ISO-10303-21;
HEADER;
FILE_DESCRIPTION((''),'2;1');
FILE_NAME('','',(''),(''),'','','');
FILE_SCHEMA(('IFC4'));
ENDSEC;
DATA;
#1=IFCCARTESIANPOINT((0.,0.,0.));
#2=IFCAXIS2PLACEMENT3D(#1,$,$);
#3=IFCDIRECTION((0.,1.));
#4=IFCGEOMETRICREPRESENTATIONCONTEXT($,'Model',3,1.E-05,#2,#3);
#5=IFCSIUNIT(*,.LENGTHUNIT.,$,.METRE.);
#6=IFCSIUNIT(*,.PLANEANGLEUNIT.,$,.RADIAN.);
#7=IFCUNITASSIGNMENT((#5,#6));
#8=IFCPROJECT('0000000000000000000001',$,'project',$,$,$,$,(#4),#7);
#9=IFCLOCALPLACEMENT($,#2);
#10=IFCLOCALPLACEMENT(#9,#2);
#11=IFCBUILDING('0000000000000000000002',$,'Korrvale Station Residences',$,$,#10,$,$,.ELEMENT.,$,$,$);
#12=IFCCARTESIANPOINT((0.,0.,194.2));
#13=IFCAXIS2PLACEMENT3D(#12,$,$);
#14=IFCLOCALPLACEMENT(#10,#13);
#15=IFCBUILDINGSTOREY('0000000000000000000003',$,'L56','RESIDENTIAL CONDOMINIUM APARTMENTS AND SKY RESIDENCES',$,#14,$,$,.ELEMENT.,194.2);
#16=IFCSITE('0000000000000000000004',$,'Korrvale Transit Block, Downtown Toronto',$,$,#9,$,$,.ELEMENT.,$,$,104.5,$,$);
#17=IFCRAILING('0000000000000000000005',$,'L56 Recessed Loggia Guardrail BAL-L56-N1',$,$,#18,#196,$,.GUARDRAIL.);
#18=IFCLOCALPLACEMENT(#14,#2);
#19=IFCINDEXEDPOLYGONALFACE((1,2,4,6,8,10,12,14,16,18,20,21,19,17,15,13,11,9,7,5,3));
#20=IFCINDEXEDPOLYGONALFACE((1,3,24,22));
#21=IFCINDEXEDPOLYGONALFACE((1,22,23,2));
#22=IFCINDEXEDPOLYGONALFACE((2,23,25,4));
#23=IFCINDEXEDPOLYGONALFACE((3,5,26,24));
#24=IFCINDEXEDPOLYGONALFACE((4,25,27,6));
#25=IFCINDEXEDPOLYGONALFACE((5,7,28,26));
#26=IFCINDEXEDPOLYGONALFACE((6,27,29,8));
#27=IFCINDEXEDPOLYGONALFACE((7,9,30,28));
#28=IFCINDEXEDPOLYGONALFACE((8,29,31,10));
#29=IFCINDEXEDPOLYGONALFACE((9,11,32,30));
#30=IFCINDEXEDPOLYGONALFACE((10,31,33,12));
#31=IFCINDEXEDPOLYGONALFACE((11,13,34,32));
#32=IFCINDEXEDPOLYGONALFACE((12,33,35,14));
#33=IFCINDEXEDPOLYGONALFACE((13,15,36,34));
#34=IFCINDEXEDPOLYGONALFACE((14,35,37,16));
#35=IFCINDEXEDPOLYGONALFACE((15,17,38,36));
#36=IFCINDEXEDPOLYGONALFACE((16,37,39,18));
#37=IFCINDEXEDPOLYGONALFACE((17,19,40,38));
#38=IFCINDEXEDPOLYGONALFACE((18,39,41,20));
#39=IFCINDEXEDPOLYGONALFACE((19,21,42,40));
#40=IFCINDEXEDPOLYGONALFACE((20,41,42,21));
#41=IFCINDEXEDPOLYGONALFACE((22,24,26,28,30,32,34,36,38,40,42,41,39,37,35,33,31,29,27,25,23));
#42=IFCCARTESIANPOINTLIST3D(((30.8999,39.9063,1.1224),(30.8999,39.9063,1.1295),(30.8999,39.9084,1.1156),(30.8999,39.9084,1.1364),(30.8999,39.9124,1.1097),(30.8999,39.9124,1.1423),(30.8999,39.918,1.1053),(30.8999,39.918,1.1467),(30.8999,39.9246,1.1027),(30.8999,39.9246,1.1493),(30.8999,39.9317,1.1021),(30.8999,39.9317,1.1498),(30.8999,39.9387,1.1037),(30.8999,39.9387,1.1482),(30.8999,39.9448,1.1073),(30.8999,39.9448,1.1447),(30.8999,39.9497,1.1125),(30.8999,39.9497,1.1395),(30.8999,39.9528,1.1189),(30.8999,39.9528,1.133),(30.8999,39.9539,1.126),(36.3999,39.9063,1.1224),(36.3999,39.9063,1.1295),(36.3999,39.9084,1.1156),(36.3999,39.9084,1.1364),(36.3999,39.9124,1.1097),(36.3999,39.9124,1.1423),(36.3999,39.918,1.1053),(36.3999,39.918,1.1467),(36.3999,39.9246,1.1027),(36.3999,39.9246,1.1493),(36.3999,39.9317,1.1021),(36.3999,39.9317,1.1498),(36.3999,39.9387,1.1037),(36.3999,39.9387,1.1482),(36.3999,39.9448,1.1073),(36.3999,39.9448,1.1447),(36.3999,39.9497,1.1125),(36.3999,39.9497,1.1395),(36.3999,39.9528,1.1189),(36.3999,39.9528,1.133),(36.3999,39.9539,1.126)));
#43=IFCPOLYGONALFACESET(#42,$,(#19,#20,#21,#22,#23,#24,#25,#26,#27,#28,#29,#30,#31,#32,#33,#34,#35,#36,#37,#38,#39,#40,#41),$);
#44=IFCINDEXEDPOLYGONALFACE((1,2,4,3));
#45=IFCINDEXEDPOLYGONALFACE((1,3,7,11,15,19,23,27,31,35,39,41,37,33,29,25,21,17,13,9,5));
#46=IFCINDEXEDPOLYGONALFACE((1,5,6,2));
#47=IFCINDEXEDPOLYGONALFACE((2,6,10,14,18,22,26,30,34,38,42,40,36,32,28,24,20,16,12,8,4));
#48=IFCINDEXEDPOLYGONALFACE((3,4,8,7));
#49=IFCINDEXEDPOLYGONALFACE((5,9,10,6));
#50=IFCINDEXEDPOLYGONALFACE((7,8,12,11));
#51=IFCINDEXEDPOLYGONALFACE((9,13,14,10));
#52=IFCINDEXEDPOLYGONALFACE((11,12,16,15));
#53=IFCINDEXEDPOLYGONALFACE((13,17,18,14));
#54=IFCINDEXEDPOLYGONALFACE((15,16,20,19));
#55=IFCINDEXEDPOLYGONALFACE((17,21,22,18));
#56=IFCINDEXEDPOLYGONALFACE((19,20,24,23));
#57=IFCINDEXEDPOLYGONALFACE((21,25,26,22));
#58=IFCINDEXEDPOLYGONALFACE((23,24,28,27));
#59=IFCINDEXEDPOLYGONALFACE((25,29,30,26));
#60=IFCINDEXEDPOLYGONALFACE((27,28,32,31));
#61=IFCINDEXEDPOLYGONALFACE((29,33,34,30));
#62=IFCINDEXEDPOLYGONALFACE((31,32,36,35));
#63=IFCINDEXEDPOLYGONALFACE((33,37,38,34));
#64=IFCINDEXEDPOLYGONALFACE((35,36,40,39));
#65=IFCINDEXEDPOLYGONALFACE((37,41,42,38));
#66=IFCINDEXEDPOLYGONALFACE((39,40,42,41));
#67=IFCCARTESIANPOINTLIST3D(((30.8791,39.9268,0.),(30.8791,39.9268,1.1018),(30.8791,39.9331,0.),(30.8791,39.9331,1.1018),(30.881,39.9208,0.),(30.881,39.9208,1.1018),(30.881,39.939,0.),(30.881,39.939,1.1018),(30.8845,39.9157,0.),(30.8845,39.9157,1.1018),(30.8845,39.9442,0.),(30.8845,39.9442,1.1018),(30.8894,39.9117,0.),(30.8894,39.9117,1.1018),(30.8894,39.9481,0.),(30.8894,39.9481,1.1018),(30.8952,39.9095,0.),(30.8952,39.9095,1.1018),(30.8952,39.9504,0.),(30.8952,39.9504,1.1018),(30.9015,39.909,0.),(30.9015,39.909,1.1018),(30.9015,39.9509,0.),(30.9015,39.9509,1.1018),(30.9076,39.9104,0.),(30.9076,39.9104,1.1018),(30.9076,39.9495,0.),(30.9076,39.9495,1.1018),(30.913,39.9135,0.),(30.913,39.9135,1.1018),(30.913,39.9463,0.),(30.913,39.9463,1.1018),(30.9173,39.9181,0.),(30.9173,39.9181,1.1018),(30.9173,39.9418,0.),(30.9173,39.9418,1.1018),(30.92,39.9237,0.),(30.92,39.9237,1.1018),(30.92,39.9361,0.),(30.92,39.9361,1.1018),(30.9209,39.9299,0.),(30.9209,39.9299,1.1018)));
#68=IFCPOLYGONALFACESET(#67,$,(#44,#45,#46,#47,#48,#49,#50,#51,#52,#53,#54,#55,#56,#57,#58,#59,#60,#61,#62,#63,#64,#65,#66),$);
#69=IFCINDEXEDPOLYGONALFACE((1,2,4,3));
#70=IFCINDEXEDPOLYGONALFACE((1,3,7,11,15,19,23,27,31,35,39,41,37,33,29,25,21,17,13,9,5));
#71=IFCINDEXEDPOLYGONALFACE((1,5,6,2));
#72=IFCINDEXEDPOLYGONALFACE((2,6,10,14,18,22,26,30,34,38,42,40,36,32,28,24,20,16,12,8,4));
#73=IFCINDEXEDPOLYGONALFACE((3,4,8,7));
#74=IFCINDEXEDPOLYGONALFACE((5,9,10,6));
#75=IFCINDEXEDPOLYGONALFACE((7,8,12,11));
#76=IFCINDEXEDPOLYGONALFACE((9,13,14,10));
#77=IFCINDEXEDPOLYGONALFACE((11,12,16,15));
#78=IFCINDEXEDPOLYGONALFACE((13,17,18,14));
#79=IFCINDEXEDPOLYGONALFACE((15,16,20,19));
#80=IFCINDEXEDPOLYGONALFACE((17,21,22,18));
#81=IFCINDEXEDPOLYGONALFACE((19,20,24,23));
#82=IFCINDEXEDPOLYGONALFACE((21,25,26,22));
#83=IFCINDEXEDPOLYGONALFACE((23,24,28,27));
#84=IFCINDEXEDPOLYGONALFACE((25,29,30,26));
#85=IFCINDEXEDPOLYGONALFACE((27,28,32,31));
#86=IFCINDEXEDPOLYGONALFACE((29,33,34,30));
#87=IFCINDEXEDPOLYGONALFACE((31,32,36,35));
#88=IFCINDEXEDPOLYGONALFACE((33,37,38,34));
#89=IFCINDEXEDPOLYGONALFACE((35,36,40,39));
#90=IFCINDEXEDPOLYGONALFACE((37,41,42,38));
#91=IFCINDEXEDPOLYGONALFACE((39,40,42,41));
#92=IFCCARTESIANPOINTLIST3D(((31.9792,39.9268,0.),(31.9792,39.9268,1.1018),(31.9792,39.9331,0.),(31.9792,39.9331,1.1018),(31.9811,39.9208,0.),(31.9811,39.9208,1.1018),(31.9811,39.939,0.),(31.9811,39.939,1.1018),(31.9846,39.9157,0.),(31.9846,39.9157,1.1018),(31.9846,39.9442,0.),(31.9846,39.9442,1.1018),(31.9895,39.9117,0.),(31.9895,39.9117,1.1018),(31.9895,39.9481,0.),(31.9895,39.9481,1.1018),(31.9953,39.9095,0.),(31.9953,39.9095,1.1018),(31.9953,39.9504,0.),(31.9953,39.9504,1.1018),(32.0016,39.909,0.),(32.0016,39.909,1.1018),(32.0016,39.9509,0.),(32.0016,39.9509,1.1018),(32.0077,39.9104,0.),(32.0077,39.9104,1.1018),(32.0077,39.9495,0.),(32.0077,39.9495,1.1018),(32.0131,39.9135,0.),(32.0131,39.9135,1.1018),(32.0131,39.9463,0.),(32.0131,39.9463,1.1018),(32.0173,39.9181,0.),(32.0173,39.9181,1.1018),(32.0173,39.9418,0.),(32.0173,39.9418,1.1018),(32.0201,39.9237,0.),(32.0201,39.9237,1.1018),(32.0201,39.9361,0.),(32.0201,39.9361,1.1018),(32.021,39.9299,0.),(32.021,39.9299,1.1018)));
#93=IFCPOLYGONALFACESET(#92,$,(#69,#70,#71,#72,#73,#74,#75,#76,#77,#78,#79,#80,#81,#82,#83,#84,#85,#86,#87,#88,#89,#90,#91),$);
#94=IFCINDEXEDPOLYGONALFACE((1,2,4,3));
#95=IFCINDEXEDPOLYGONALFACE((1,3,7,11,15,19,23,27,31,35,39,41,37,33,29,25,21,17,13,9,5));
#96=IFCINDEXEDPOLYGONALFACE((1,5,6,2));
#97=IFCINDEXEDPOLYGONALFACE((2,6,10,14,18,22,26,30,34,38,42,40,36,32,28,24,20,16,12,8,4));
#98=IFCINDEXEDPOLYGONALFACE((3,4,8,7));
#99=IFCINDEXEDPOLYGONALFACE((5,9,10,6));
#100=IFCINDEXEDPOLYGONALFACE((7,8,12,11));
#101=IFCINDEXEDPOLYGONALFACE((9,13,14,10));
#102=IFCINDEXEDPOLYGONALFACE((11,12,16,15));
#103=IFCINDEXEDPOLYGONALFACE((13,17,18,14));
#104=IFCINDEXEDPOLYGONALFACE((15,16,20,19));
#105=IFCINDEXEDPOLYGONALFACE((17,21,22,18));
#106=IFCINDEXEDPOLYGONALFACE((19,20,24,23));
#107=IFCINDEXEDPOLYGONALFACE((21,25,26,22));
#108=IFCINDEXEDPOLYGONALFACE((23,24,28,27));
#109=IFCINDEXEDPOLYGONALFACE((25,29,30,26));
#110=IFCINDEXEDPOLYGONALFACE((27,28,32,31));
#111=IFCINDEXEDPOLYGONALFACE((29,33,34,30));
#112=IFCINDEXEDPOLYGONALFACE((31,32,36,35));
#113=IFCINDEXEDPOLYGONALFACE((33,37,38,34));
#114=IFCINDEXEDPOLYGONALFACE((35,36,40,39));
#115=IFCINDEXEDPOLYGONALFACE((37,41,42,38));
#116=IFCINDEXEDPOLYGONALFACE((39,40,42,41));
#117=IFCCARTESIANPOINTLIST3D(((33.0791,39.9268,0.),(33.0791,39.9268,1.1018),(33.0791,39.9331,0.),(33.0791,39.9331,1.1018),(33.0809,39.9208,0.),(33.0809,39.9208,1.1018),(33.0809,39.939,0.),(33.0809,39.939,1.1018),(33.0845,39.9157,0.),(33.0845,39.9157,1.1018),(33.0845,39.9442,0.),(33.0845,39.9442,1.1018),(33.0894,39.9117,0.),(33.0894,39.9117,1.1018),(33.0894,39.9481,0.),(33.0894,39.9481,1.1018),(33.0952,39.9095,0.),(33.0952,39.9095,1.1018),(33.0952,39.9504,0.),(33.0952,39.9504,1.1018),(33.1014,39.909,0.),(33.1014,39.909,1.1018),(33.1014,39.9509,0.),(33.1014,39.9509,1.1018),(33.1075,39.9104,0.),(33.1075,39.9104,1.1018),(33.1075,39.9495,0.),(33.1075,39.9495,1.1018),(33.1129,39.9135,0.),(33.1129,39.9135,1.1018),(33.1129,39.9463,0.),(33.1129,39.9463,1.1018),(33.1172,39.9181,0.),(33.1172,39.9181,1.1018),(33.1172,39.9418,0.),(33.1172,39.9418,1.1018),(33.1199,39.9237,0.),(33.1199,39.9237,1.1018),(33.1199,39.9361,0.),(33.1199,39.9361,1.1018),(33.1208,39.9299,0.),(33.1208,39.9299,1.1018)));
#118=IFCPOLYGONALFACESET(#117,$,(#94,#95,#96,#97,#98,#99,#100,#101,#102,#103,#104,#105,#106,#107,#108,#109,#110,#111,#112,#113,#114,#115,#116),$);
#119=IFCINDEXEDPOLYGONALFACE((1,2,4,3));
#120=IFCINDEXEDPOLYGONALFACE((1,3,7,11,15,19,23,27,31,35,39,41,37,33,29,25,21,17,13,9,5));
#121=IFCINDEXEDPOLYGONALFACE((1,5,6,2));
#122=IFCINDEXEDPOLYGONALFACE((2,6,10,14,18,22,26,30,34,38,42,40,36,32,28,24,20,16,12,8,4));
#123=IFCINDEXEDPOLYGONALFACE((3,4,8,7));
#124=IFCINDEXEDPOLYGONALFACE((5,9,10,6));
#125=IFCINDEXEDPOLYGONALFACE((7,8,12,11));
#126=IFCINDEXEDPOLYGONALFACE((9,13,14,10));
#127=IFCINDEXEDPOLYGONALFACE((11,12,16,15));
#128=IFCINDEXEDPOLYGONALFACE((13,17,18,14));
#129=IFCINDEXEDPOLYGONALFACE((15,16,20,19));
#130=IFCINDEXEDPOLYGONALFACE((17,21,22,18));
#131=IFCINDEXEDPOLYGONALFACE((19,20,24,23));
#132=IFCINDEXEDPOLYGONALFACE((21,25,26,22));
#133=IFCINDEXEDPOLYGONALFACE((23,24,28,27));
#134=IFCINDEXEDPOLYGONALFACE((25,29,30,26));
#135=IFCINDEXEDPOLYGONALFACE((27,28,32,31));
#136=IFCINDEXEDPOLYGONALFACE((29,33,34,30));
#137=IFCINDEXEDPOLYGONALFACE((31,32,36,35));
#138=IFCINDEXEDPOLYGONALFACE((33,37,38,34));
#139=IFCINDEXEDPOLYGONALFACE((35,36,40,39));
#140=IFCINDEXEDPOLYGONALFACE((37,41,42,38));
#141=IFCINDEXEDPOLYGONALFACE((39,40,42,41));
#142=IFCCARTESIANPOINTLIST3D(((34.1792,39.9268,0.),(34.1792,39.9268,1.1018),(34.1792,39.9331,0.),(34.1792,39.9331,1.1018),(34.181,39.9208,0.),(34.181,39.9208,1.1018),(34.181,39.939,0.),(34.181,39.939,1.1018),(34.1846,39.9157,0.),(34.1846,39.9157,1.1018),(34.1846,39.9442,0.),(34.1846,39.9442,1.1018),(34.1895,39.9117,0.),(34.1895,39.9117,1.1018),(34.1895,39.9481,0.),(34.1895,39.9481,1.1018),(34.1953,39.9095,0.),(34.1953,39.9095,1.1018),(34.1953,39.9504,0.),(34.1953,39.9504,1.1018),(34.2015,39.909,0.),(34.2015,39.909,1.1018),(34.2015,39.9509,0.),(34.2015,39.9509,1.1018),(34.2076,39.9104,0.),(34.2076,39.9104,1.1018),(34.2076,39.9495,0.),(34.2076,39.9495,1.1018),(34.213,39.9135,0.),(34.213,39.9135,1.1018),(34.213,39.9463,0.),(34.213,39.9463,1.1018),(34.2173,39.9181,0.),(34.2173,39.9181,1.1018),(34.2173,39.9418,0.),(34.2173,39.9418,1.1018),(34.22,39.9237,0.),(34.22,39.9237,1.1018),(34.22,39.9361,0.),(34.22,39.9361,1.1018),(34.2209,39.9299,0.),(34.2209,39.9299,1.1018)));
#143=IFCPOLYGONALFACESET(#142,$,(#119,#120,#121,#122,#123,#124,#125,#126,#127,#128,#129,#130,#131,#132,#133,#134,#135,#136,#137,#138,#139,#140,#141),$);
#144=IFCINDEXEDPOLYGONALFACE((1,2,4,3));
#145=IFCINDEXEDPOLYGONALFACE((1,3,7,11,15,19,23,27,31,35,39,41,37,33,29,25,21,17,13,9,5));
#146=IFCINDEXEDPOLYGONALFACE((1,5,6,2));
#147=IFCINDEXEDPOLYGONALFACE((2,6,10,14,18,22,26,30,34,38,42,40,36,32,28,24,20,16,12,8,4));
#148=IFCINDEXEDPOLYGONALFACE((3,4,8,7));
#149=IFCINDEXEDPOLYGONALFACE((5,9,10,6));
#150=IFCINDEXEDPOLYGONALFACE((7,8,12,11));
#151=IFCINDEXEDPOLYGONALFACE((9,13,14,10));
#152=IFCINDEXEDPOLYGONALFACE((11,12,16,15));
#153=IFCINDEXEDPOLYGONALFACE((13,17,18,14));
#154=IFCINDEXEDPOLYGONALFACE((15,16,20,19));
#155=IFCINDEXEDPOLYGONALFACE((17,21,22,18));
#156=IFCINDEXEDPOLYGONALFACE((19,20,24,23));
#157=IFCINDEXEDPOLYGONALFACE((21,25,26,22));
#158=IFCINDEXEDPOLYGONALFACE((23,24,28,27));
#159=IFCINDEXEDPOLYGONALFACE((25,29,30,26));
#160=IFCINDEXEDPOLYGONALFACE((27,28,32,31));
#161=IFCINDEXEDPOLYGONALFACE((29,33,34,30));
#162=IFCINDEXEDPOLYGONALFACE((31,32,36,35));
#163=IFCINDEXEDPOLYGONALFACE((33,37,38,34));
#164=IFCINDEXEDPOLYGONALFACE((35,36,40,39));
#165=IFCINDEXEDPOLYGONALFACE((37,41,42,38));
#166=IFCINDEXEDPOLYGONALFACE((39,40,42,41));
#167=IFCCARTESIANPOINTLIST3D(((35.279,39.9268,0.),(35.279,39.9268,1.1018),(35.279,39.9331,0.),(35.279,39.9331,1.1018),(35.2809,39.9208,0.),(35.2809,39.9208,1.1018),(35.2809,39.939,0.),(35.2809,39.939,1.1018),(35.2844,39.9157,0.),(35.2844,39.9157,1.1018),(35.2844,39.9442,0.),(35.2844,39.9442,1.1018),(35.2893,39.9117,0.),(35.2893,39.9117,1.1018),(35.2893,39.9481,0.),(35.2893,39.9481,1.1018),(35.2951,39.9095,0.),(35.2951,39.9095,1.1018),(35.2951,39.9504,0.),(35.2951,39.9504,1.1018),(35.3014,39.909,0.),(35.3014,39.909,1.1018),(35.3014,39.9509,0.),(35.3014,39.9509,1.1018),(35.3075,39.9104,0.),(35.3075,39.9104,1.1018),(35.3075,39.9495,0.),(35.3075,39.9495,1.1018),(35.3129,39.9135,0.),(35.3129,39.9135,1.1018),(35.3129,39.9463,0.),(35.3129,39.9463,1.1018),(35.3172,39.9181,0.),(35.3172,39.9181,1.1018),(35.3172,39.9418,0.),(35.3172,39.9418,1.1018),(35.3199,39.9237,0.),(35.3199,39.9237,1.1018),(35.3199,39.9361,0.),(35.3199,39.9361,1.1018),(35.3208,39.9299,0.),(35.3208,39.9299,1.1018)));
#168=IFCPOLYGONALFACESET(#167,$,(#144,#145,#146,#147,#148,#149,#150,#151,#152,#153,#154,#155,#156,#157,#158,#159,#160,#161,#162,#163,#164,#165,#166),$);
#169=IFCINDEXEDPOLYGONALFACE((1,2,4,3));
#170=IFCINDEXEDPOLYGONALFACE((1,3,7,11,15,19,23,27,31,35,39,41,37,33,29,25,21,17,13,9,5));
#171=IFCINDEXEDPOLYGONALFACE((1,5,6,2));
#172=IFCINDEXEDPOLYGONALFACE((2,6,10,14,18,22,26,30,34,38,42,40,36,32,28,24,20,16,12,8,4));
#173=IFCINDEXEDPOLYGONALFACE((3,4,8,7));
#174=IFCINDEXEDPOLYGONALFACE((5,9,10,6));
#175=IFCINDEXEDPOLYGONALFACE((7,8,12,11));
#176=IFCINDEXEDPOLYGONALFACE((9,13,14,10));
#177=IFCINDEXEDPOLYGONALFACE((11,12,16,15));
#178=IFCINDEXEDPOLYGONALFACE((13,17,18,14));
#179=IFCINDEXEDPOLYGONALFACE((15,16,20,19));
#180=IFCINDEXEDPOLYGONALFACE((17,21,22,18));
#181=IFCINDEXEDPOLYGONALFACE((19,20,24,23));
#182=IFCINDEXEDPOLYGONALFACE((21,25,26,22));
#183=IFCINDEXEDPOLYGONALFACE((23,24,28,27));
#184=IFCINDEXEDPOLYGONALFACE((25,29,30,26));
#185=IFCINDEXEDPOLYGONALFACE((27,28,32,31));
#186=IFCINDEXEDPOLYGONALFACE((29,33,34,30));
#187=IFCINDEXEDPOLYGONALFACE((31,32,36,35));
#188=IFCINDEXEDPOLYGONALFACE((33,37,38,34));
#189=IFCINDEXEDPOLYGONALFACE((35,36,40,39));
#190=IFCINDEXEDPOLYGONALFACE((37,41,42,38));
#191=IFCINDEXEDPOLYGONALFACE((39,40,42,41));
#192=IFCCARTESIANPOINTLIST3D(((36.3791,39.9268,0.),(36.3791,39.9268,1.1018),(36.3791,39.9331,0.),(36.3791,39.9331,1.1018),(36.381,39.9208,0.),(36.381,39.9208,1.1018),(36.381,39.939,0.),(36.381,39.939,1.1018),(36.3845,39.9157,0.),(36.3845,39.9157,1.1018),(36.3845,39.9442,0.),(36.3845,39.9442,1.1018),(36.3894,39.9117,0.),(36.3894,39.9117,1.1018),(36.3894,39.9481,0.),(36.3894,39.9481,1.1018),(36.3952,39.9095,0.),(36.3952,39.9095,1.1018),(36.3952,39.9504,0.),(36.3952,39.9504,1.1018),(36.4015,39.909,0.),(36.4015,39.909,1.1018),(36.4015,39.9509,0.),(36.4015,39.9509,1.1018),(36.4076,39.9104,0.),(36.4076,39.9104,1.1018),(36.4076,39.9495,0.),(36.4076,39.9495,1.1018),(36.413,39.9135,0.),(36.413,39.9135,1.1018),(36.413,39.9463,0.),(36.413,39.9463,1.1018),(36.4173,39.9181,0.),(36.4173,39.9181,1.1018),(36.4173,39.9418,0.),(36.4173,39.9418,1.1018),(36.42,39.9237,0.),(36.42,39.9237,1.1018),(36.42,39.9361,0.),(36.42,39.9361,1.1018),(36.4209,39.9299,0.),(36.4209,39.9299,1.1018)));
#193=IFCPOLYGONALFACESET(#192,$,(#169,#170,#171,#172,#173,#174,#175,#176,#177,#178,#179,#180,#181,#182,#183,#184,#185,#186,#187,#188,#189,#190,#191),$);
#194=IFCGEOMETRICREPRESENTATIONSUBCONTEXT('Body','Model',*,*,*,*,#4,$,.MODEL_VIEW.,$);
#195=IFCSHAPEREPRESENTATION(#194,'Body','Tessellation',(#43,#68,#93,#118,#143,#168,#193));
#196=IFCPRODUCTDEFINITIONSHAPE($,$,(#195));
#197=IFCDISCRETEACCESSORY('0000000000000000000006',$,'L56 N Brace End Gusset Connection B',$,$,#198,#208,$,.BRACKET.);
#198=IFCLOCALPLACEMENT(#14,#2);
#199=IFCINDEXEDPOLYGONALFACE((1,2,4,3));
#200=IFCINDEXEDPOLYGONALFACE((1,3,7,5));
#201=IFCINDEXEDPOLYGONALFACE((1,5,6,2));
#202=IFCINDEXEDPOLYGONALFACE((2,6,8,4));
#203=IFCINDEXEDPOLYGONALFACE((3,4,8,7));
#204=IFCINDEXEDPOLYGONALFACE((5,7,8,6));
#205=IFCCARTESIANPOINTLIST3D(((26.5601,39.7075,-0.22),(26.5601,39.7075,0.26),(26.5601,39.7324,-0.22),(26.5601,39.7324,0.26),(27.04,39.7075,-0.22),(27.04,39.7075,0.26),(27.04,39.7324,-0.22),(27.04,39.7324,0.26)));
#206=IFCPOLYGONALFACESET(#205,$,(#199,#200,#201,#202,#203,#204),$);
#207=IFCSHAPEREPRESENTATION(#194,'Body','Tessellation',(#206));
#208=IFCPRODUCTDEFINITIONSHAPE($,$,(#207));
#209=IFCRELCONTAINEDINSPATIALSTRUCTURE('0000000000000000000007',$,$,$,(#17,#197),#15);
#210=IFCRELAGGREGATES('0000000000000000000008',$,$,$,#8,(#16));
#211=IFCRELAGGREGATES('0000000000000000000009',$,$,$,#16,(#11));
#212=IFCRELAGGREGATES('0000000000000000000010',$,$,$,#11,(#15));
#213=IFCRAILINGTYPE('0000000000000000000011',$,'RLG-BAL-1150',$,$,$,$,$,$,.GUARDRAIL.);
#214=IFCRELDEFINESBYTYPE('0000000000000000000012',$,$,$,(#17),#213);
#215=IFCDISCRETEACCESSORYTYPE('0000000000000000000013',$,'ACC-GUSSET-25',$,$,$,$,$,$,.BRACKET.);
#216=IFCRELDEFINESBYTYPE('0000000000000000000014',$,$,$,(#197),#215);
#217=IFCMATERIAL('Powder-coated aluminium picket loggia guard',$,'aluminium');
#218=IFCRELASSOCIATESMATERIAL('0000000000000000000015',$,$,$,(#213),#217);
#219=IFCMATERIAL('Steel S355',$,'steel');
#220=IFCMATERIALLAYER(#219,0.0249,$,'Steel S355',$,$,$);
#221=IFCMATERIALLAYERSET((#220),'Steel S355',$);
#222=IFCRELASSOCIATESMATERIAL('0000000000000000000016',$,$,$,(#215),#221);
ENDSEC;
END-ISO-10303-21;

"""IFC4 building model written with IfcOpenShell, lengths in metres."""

from ifc_helpers import new_model, si_unit, direction, frame, origin, origin_2d, place, context, subcontext, project, spatial, rectangle, circle, extrude, material, layer, layer_set, type_object, element, save


model = new_model("IFC4")

# Units and contexts
model_context = context("Model", 3, precision=1e-05, world=origin(), true_north=direction((0.0, 1.0)))
body_context = subcontext(model_context, "Body", "Model", "MODEL_VIEW")
ifc_project = project(units=[si_unit("LENGTHUNIT", "METRE"), si_unit("PLANEANGLEUNIT", "RADIAN")], contexts=[model_context])

# Site, building, storey
site_placement = place(None, origin())
site = spatial("IfcSite", under=ifc_project, at=site_placement, Name="Korrvale Transit Block, Downtown Toronto", CompositionType="ELEMENT", RefElevation=104.5)
building_placement = place(site_placement, origin())
building = spatial("IfcBuilding", under=site, at=building_placement, Name="Korrvale Station Residences", CompositionType="ELEMENT")
storey_placement = place(building_placement, frame((0.0, 0.0, 194.2)))
storey = spatial("IfcBuildingStorey", under=building, at=storey_placement, Name="L56", Description="RESIDENTIAL CONDOMINIUM APARTMENTS AND SKY RESIDENCES", CompositionType="ELEMENT", Elevation=194.2)

# Shared definitions
ifc_material_1 = material(Name="Steel S355", Category="steel")

# Railing
ifc_material_2 = material(Name="Powder-coated aluminium picket loggia guard", Category="aluminium")
railing_type = type_object("IfcRailingType", Name="RLG-BAL-1150", PredefinedType="GUARDRAIL", material=ifc_material_2)
railing_placement = place(storey_placement, frame((30.8999, 39.9299, 0.0)))
element("IfcRailing", 1, at=railing_placement, inside=storey, type_object=railing_type, Name="L56 Recessed Loggia Guardrail BAL-L56-N1", PredefinedType="GUARDRAIL", context=body_context, shape_type="SweptSolid", body=[
    extrude(circle(Radius=0.0239, at=origin_2d()), frame((0.0, 0.0, 1.126), z_axis=(1.0, 0.0, 0.0), x_axis=(0.0, 1.0, 0.0)), (0.0, 0.0, 1.0), 5.5),
    extrude(circle(Radius=0.021, at=origin_2d()), origin(), (0.0, 0.0, 1.0), 1.1018),
    extrude(circle(Radius=0.021, at=origin_2d()), frame((1.1001, 0.0, 0.0)), (0.0, 0.0, 1.0), 1.1018),
    extrude(circle(Radius=0.021, at=origin_2d()), frame((2.2, 0.0, 0.0)), (0.0, 0.0, 1.0), 1.1018),
    extrude(circle(Radius=0.021, at=origin_2d()), frame((3.3, 0.0, 0.0)), (0.0, 0.0, 1.0), 1.1018),
    extrude(circle(Radius=0.021, at=origin_2d()), frame((4.3999, 0.0, 0.0)), (0.0, 0.0, 1.0), 1.1018),
    extrude(circle(Radius=0.021, at=origin_2d()), frame((5.5, 0.0, 0.0)), (0.0, 0.0, 1.0), 1.1018),
])

# Discrete accessory
ifc_layer_1 = layer(ifc_material_1, 0.0249, Name="Steel S355")
ifc_layer_set_1 = layer_set([ifc_layer_1], Name="Steel S355")
discrete_accessory_type = type_object("IfcDiscreteAccessoryType", Name="ACC-GUSSET-25", PredefinedType="BRACKET", material=ifc_layer_set_1)
for number, where, z_axis, x_axis, name in (
    (2, (26.8, 39.72, -0.22), (0.0, 0.0, 1.0), (1.0, 0.0, 0.0), "L56 N Brace End Gusset Connection B"),
):
    element("IfcDiscreteAccessory", number, at=place(storey_placement, frame(where, z_axis=z_axis, x_axis=x_axis)), inside=storey, type_object=discrete_accessory_type, Name=name, PredefinedType="BRACKET", context=body_context, shape_type="SweptSolid", body=[
        extrude(rectangle(XDim=0.48, YDim=0.0249, at=origin_2d()), origin(), (0.0, 0.0, 1.0), 0.48),
    ])

save(model, "model.ifc")
